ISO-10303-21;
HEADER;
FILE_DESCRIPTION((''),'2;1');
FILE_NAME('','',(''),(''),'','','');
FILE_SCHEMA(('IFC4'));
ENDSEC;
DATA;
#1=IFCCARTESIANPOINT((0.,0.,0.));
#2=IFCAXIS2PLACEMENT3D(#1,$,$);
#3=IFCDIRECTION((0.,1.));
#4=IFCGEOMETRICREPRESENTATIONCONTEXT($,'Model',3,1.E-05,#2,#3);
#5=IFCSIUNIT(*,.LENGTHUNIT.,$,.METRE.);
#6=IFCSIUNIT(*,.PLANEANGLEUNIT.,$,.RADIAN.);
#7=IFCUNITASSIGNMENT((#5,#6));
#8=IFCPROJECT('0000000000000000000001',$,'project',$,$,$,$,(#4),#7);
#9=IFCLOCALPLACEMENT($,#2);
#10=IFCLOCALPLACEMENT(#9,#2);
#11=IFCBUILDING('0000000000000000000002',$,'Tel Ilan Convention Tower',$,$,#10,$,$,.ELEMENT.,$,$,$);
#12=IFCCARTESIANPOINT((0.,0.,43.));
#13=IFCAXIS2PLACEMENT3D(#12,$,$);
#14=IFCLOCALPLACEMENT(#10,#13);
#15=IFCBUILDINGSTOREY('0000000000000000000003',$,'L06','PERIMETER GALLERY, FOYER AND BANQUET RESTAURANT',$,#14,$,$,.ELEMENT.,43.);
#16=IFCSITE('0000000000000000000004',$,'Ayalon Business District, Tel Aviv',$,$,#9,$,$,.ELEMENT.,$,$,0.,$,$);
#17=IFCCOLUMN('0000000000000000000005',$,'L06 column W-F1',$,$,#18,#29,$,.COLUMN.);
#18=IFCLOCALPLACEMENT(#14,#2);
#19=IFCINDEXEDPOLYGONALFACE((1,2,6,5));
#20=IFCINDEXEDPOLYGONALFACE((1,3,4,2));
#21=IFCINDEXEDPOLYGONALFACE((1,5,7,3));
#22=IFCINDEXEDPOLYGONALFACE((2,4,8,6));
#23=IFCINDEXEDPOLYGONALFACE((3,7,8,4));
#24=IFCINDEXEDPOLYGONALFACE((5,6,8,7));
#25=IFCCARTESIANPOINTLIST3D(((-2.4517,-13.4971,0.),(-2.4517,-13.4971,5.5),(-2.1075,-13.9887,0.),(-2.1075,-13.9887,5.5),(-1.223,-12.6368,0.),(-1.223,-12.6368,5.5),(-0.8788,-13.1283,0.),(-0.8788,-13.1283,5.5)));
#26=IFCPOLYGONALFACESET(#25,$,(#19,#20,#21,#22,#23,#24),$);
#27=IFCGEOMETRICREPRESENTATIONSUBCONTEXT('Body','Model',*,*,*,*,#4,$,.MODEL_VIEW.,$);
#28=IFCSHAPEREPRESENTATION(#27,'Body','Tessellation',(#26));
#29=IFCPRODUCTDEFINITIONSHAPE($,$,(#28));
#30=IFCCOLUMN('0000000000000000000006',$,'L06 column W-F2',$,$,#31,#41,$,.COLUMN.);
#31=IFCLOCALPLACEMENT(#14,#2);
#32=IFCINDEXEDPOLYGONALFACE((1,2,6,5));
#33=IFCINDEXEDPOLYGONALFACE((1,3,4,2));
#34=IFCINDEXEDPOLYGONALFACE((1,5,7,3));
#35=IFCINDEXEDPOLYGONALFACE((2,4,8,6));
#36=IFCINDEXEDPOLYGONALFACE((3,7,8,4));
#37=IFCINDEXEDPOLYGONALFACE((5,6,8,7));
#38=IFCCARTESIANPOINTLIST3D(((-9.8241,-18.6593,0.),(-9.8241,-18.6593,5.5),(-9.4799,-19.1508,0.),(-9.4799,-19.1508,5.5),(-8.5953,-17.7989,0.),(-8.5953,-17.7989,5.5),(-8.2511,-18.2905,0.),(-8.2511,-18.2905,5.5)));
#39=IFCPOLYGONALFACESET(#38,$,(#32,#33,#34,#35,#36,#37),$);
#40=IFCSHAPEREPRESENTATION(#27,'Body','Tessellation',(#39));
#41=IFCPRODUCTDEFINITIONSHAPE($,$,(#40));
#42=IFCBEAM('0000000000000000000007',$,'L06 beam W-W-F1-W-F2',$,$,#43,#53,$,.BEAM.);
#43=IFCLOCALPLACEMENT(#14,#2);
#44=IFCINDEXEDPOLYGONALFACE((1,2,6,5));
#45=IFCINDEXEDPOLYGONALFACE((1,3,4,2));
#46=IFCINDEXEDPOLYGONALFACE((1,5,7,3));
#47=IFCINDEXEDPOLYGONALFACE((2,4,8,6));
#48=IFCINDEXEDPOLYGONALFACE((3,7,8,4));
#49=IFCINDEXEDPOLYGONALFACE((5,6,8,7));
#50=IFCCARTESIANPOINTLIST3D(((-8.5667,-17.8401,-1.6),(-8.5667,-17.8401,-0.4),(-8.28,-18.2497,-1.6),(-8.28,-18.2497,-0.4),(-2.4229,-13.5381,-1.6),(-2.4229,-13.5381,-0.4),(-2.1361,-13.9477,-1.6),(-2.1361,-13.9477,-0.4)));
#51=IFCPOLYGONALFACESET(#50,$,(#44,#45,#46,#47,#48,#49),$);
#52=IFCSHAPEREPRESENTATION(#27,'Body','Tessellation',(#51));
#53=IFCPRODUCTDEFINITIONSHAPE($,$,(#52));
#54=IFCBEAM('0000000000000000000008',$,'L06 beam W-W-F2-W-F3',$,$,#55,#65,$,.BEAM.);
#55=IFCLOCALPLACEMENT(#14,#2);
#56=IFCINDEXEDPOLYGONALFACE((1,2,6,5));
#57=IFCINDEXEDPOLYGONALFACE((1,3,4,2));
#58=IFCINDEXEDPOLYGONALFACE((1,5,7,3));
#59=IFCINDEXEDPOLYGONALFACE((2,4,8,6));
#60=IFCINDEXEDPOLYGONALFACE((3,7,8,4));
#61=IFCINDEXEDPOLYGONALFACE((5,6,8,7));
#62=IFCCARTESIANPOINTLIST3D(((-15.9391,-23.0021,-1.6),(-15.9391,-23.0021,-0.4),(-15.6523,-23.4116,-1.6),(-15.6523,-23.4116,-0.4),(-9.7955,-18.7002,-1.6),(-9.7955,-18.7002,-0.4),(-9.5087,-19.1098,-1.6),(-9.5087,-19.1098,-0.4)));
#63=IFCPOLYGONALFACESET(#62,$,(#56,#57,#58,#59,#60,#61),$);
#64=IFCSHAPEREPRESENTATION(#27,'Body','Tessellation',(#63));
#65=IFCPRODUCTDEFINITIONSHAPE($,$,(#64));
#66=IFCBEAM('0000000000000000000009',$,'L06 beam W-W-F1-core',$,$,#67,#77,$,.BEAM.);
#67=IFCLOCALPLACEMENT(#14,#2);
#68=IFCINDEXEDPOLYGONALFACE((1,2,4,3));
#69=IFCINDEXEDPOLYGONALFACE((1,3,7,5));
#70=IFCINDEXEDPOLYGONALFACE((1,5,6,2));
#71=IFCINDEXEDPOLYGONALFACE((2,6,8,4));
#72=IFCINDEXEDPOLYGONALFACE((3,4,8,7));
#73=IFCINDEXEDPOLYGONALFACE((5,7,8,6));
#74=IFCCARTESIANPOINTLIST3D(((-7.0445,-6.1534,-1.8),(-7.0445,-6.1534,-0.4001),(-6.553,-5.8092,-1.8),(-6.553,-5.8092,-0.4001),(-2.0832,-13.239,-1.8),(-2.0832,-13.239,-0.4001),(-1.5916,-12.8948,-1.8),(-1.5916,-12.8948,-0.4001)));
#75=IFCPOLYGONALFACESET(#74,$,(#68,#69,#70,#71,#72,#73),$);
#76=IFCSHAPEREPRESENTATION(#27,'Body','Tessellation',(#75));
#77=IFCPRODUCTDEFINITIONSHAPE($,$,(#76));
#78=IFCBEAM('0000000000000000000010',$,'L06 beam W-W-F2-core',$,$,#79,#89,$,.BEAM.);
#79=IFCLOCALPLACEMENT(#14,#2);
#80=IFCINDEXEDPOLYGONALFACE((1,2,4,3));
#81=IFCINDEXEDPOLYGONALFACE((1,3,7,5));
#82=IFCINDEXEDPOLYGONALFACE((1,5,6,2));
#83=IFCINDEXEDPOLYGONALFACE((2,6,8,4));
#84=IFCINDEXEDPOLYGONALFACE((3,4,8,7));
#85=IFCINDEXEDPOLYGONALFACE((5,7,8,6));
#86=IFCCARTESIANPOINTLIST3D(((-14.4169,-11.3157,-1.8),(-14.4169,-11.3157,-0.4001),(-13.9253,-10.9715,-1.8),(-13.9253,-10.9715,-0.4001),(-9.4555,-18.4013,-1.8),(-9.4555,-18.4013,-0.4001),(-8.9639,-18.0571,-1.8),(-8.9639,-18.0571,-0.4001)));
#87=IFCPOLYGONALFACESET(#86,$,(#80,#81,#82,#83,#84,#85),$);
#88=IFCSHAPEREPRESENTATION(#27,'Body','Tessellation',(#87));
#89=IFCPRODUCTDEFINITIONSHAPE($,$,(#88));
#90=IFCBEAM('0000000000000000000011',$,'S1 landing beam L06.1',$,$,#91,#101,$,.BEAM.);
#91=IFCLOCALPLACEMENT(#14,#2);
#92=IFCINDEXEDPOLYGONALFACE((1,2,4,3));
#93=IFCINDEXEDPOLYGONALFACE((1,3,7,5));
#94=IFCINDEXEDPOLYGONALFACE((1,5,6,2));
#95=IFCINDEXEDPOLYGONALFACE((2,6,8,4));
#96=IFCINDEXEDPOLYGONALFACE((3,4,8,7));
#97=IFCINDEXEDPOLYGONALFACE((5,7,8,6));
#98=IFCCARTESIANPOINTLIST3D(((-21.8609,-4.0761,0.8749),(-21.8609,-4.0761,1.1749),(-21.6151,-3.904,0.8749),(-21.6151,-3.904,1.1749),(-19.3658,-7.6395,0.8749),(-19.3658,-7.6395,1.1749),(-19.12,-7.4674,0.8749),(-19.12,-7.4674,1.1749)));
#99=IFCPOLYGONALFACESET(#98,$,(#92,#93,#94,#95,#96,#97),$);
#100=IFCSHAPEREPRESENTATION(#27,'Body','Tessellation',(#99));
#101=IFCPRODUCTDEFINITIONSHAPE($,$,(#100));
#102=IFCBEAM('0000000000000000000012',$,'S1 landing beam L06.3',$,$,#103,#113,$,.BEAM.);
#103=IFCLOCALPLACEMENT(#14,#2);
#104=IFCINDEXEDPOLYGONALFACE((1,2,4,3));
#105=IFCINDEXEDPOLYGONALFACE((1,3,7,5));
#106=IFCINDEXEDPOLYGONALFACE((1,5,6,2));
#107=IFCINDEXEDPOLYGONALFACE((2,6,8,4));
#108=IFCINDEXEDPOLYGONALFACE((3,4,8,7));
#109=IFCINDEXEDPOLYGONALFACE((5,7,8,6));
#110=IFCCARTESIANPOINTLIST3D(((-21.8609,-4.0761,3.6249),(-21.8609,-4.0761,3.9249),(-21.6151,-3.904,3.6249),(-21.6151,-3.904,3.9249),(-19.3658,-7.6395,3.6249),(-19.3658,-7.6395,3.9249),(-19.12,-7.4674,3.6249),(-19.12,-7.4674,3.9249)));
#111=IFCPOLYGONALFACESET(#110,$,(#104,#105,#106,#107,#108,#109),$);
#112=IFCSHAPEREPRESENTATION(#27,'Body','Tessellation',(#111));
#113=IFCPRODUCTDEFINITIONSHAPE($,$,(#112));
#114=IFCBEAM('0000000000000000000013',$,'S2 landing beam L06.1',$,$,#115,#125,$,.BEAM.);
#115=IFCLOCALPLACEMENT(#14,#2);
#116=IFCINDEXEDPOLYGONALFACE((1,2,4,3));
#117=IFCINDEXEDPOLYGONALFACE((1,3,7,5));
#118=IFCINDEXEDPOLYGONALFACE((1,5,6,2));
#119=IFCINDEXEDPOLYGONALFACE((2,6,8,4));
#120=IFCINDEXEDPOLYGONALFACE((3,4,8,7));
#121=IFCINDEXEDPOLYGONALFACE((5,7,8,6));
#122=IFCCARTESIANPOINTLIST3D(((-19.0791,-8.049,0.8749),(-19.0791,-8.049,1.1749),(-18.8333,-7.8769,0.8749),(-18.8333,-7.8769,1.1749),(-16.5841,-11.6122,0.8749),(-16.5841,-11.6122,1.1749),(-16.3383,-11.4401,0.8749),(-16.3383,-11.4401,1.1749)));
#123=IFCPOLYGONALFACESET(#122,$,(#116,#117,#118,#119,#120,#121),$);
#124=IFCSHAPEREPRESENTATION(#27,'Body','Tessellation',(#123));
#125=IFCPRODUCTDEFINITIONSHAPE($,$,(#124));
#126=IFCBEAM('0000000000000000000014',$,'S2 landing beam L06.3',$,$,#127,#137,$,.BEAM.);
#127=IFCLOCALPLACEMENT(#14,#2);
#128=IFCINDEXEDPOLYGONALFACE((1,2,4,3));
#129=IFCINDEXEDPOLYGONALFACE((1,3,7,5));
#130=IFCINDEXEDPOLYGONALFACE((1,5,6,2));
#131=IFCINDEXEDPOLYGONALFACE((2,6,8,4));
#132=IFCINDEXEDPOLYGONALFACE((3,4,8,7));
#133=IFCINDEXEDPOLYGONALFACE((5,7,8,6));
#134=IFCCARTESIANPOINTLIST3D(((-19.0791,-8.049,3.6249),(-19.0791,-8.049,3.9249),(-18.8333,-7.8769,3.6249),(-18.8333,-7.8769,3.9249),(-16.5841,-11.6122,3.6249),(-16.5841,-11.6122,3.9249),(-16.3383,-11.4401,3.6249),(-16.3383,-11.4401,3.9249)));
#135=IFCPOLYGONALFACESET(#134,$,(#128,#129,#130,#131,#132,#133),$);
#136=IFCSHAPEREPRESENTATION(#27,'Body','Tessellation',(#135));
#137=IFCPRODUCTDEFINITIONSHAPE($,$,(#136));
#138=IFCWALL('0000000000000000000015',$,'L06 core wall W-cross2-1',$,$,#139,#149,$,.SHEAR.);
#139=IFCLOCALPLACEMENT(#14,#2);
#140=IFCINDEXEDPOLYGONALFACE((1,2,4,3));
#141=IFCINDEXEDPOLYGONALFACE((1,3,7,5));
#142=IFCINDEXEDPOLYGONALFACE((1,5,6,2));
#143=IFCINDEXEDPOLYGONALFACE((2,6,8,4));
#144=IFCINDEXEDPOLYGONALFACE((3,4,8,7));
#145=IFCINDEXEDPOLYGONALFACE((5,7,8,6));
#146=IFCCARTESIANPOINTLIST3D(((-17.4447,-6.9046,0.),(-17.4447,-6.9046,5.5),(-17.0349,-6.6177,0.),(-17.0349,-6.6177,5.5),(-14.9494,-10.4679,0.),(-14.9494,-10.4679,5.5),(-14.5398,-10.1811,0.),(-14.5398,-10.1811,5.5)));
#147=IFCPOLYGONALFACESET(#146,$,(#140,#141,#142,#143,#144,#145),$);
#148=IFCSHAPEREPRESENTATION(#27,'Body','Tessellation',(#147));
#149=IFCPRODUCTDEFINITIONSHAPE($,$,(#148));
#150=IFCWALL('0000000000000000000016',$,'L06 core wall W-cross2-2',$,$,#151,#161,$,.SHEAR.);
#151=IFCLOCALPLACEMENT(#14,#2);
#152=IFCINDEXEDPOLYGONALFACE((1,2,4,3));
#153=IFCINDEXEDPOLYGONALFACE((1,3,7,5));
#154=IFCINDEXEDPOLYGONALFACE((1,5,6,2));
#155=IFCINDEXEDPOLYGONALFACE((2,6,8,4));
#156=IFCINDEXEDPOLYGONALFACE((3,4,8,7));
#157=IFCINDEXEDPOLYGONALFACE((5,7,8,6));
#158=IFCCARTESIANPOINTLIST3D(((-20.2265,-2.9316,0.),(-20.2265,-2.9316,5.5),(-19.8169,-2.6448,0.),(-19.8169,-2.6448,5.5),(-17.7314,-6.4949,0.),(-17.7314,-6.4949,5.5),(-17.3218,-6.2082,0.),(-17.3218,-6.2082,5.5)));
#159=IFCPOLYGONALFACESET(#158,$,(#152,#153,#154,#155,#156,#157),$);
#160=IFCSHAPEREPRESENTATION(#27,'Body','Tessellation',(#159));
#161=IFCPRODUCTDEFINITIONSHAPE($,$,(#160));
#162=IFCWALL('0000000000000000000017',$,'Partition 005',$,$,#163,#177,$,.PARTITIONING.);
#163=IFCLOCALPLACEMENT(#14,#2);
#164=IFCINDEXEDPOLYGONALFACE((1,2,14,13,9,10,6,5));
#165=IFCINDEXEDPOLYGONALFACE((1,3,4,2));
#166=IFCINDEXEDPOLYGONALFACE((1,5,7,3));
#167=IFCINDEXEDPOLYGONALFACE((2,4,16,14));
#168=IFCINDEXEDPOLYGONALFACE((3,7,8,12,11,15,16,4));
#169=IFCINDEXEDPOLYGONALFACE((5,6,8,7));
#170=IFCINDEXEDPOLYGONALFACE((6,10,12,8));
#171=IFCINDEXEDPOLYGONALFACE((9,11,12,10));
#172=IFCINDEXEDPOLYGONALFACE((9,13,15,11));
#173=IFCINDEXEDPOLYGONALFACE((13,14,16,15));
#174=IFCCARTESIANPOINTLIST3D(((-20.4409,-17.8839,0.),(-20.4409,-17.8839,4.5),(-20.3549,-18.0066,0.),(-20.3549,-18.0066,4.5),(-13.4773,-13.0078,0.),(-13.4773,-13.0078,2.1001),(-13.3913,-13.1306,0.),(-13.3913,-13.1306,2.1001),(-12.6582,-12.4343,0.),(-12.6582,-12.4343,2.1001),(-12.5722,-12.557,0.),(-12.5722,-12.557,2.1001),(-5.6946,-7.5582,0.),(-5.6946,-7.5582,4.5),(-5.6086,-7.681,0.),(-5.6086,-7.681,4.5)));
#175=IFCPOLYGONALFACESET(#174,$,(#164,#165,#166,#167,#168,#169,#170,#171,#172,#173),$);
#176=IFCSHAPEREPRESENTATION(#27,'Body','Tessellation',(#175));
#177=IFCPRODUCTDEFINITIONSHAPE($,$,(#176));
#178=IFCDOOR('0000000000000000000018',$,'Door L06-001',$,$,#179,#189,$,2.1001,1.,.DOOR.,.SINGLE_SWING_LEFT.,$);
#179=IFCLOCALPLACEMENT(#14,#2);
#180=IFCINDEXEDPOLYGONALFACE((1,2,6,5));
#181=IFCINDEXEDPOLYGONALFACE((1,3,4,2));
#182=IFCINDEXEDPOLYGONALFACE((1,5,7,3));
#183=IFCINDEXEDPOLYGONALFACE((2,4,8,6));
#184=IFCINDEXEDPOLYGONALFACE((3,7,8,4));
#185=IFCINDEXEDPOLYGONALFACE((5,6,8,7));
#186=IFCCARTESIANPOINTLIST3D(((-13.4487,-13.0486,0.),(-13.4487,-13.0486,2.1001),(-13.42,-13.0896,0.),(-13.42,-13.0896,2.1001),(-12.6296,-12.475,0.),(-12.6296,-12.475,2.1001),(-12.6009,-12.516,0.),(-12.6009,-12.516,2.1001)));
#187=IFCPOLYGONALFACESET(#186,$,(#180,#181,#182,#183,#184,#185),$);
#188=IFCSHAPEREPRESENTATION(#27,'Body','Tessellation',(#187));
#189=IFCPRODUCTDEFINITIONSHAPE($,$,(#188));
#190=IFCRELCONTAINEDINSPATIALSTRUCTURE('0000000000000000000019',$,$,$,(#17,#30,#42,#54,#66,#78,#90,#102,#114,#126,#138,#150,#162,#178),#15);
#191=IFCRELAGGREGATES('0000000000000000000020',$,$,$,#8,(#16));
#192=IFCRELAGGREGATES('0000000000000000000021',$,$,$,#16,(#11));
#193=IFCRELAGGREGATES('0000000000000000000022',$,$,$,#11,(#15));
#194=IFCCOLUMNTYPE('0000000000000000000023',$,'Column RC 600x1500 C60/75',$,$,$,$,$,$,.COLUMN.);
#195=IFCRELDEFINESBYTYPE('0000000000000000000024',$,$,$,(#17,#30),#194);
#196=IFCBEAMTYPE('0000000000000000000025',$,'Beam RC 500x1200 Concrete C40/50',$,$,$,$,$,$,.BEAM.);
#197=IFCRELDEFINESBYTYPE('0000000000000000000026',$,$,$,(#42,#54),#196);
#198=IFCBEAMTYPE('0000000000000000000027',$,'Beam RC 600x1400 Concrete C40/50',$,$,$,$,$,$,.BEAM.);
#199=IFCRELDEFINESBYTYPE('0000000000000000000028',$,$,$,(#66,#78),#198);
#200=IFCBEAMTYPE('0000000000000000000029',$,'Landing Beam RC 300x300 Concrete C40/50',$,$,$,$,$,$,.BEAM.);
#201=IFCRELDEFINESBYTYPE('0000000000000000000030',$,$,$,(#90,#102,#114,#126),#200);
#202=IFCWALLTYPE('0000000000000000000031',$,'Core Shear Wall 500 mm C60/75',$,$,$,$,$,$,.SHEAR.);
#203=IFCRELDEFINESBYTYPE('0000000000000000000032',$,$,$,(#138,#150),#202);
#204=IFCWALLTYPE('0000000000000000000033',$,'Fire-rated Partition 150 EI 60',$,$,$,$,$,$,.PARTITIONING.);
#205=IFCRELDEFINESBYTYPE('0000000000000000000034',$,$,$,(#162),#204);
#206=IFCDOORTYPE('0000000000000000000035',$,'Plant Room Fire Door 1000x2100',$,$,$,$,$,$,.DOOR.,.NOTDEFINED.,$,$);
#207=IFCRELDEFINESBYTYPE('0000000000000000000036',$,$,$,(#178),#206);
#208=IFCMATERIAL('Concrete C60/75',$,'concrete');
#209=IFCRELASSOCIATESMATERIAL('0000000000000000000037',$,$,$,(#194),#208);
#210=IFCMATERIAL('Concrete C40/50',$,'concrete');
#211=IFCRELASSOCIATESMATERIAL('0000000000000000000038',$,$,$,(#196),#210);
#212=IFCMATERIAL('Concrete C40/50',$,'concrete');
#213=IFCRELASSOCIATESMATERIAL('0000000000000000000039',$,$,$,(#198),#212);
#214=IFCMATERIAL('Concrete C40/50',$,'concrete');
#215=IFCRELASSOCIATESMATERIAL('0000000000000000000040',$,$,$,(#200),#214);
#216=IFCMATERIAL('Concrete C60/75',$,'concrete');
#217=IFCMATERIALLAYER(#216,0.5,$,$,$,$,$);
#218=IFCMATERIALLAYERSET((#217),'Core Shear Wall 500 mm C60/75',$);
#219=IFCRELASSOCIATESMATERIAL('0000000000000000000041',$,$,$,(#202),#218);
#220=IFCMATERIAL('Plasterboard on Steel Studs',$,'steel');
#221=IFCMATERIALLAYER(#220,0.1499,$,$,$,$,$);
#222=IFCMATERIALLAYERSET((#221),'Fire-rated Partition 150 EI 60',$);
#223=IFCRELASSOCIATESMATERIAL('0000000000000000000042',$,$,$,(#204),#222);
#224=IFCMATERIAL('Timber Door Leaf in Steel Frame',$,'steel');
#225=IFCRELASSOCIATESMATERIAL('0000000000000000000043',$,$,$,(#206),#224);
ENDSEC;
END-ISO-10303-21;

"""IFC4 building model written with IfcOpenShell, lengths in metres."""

from ifc_helpers import new_model, si_unit, direction, frame, frame_2d, origin, origin_2d, place, context, subcontext, project, spatial, polyline, rectangle, outline, extrude, material, layer, layer_set, material_profile, profile_set, type_object, element, fill, save


model = new_model("IFC4")

# Units and contexts
model_context = context("Model", 3, precision=1e-05, world=origin(), true_north=direction((0.0, 1.0)))
body_context = subcontext(model_context, "Body", "Model", "MODEL_VIEW")
ifc_project = project(units=[si_unit("LENGTHUNIT", "METRE"), si_unit("PLANEANGLEUNIT", "RADIAN")], contexts=[model_context])

# Site, building, storey
site_placement = place(None, origin())
site = spatial("IfcSite", under=ifc_project, at=site_placement, Name="Ayalon Business District, Tel Aviv", CompositionType="ELEMENT", RefElevation=0.0)
building_placement = place(site_placement, origin())
building = spatial("IfcBuilding", under=site, at=building_placement, Name="Tel Ilan Convention Tower", CompositionType="ELEMENT")
storey_placement = place(building_placement, frame((0.0, 0.0, 43.0)))
storey = spatial("IfcBuildingStorey", under=building, at=storey_placement, Name="L06", Description="PERIMETER GALLERY, FOYER AND BANQUET RESTAURANT", CompositionType="ELEMENT", Elevation=43.0)

# Columns
ifc_material_1 = material(Name="Concrete C60/75", Category="concrete")
ifc_material_profile_1 = material_profile(ifc_material_1, rectangle(XDim=1.5, YDim=0.6001, at=origin_2d()), Name="RC 600x1500")
ifc_profile_set_1 = profile_set([ifc_material_profile_1], Name="Concrete C60/75")
column_type = type_object("IfcColumnType", Name="Column RC 600x1500 C60/75", PredefinedType="COLUMN", material=ifc_profile_set_1)
for number, where, z_axis, x_axis, name in (
    (1, (-1.6653, -13.3127, 0.0), (0.0, 0.0, 1.0), (-0.819152, -0.573576, 0.0), "L06 column W-F1"),
    (2, (-9.0376, -18.4749, 0.0), (0.0, 0.0, 1.0), (-0.819152, -0.573576, 0.0), "L06 column W-F2"),
):
    element("IfcColumn", number, at=place(storey_placement, frame(where, z_axis=z_axis, x_axis=x_axis)), inside=storey, type_object=column_type, Name=name, PredefinedType="COLUMN", context=body_context, shape_type="SweptSolid", body=[
        extrude(rectangle(XDim=1.5, YDim=0.6001, at=origin_2d()), origin(), (0.0, 0.0, 1.0), 5.5),
    ])

# Beams
ifc_material_2 = material(Name="Concrete C40/50", Category="concrete")
ifc_material_profile_2 = material_profile(ifc_material_2, rectangle(XDim=0.5, YDim=1.2, at=origin_2d()), Name="RC 500x1200")
ifc_profile_set_2 = profile_set([ifc_material_profile_2], Name="Concrete C40/50")
beam_type_1 = type_object("IfcBeamType", Name="Beam RC 500x1200 Concrete C40/50", PredefinedType="BEAM", material=ifc_profile_set_2)
beam_1_placement = place(storey_placement, frame((-2.2795, -13.7429, -1.0), z_axis=(-0.819148, -0.573582, 0.0), x_axis=(0.573582, -0.819148, 0.0)))
element("IfcBeam", 3, at=beam_1_placement, inside=storey, type_object=beam_type_1, Name="L06 beam W-W-F1-W-F2", PredefinedType="BEAM", context=body_context, shape_type="SweptSolid", body=[
    extrude(rectangle(XDim=0.5, YDim=1.2, at=origin_2d()), origin(), (0.0, 0.0, 1.0), 7.5002),
])
beam_2_placement = place(storey_placement, frame((-9.6521, -18.905, -1.0), z_axis=(-0.819152, -0.573576, 0.0), x_axis=(0.573576, -0.819152, 0.0)))
element("IfcBeam", 4, at=beam_2_placement, inside=storey, type_object=beam_type_1, Name="L06 beam W-W-F2-W-F3", PredefinedType="BEAM", context=body_context, shape_type="SweptSolid", body=[
    extrude(rectangle(XDim=0.5, YDim=1.2, at=origin_2d()), origin(), (0.0, 0.0, 1.0), 7.5),
])
ifc_material_3 = material(Name="Concrete C40/50", Category="concrete")
ifc_material_profile_3 = material_profile(ifc_material_3, rectangle(XDim=0.6001, YDim=1.3999, at=origin_2d()), Name="RC 600x1400")
ifc_profile_set_3 = profile_set([ifc_material_profile_3], Name="Concrete C40/50")
beam_type_2 = type_object("IfcBeamType", Name="Beam RC 600x1400 Concrete C40/50", PredefinedType="BEAM", material=ifc_profile_set_3)
for number, where, z_axis, x_axis, name in (
    (5, (-1.8374, -13.0669, -1.1001), (-0.573574, 0.819154, 0.0), (-0.819154, -0.573574, 0.0), "L06 beam W-W-F1-core"),
    (6, (-9.2097, -18.2292, -1.1001), (-0.573574, 0.819154, 0.0), (-0.819154, -0.573574, 0.0), "L06 beam W-W-F2-core"),
):
    element("IfcBeam", number, at=place(storey_placement, frame(where, z_axis=z_axis, x_axis=x_axis)), inside=storey, type_object=beam_type_2, Name=name, PredefinedType="BEAM", context=body_context, shape_type="SweptSolid", body=[
        extrude(rectangle(XDim=0.6001, YDim=1.3999, at=origin_2d()), origin(), (0.0, 0.0, 1.0), 8.6499),
    ])
ifc_material_4 = material(Name="Concrete C40/50", Category="concrete")
ifc_material_profile_4 = material_profile(ifc_material_4, rectangle(XDim=0.3, YDim=0.3, at=origin_2d()), Name="RC 300x300")
ifc_profile_set_4 = profile_set([ifc_material_profile_4], Name="Concrete C40/50")
beam_type_3 = type_object("IfcBeamType", Name="Landing Beam RC 300x300 Concrete C40/50", PredefinedType="BEAM", material=ifc_profile_set_4)
for number, where, z_axis, x_axis, name in (
    (7, (-19.2429, -7.5535, 1.0249), (-0.573568, 0.819158, 0.0), (-0.819158, -0.573568, 0.0), "S1 landing beam L06.1"),
    (8, (-19.2429, -7.5535, 3.7749), (-0.573568, 0.819158, 0.0), (-0.819158, -0.573568, 0.0), "S1 landing beam L06.3"),
):
    element("IfcBeam", number, at=place(storey_placement, frame(where, z_axis=z_axis, x_axis=x_axis)), inside=storey, type_object=beam_type_3, Name=name, PredefinedType="BEAM", context=body_context, shape_type="SweptSolid", body=[
        extrude(rectangle(XDim=0.3, YDim=0.3, at=origin_2d()), origin(), (0.0, 0.0, 1.0), 4.3501),
    ])
for number, where, z_axis, x_axis, name in (
    (9, (-16.4612, -11.5261, 1.0249), (-0.573594, 0.81914, 0.0), (-0.81914, -0.573594, 0.0), "S2 landing beam L06.1"),
    (10, (-16.4612, -11.5261, 3.7749), (-0.573594, 0.81914, 0.0), (-0.81914, -0.573594, 0.0), "S2 landing beam L06.3"),
):
    element("IfcBeam", number, at=place(storey_placement, frame(where, z_axis=z_axis, x_axis=x_axis)), inside=storey, type_object=beam_type_3, Name=name, PredefinedType="BEAM", context=body_context, shape_type="SweptSolid", body=[
        extrude(rectangle(XDim=0.3, YDim=0.3, at=origin_2d()), origin(), (0.0, 0.0, 1.0), 4.3499),
    ])

# Walls
ifc_material_5 = material(Name="Concrete C60/75", Category="concrete")
ifc_layer_1 = layer(ifc_material_5, 0.5)
ifc_layer_set_1 = layer_set([ifc_layer_1], Name="Core Shear Wall 500 mm C60/75")
wall_type_1 = type_object("IfcWallType", Name="Core Shear Wall 500 mm C60/75", PredefinedType="SHEAR", material=ifc_layer_set_1)
wall_1_placement = place(storey_placement, frame((-14.7446, -10.3245, 0.0), z_axis=(0.0, 0.0, 1.0), x_axis=(-0.573568, 0.819158, 0.0)))
element("IfcWall", 11, at=wall_1_placement, inside=storey, type_object=wall_type_1, Name="L06 core wall W-cross2-1", PredefinedType="SHEAR", context=body_context, shape_type="SweptSolid", body=[
    extrude(outline(polyline([(4.3501, 0.2502), (0.0, 0.25), (0.0, -0.25), (4.3501, -0.25), (4.3501, 0.2502)])), origin(), (0.0, 0.0, 1.0), 5.5),
])
wall_2_placement = place(storey_placement, frame((-17.5266, -6.3516, 0.0), z_axis=(0.0, 0.0, 1.0), x_axis=(-0.57353, 0.819184, 0.0)))
element("IfcWall", 12, at=wall_2_placement, inside=storey, type_object=wall_type_1, Name="L06 core wall W-cross2-2", PredefinedType="SHEAR", context=body_context, shape_type="SweptSolid", body=[
    extrude(outline(polyline([(4.3501, -0.2498), (4.3501, 0.2502), (0.0, 0.25), (0.0, -0.25), (4.3501, -0.2498)])), origin(), (0.0, 0.0, 1.0), 5.5),
])

# Wall, opening, door
ifc_material_6 = material(Name="Plasterboard on Steel Studs", Category="steel")
ifc_layer_2 = layer(ifc_material_6, 0.1499)
ifc_layer_set_2 = layer_set([ifc_layer_2], Name="Fire-rated Partition 150 EI 60")
wall_type_2 = type_object("IfcWallType", Name="Fire-rated Partition 150 EI 60", PredefinedType="PARTITIONING", material=ifc_layer_set_2)
wall_3_placement = place(storey_placement, frame((-5.6516, -7.6196, 0.0), z_axis=(0.0, 0.0, 1.0), x_axis=(-0.819147, -0.573583, 0.0)))
wall_3 = element("IfcWall", 13, at=wall_3_placement, inside=storey, type_object=wall_type_2, Name="Partition 005", PredefinedType="PARTITIONING", context=body_context, shape_type="SweptSolid", body=[
    extrude(rectangle(XDim=18.002, YDim=0.1499, at=frame_2d((9.001, 0.0))), origin(), (0.0, 0.0, 1.0), 4.5),
])
opening_placement = place(wall_3_placement, frame((8.501, 0.0, 0.0)))
opening = element("IfcOpeningElement", 14, at=opening_placement, cuts=wall_3, PredefinedType="OPENING", context=body_context, shape_type="SweptSolid", body=[
    extrude(rectangle(XDim=1.0, YDim=2.1001, at=frame_2d((0.5, 1.05))), frame((0.0, 0.085, 0.0), z_axis=(0.0, -1.0, 0.0), x_axis=(1.0, 0.0, 0.0)), (0.0, 0.0, 1.0), 0.1699),
])
ifc_material_7 = material(Name="Timber Door Leaf in Steel Frame", Category="steel")
door_type = type_object("IfcDoorType", Name="Plant Room Fire Door 1000x2100", OperationType="NOTDEFINED", PredefinedType="DOOR", material=ifc_material_7)
door_placement = place(opening_placement, origin())
door = element("IfcDoor", 15, at=door_placement, inside=storey, type_object=door_type, Name="Door L06-001", OperationType="SINGLE_SWING_LEFT", OverallHeight=2.1001, OverallWidth=1.0, PredefinedType="DOOR", context=body_context, shape_type="SweptSolid", body=[
    extrude(rectangle(XDim=1.0, YDim=2.1001, at=frame_2d((0.5, 1.05))), frame((0.0, 0.0249, 0.0), z_axis=(0.0, -1.0, 0.0), x_axis=(1.0, 0.0, 0.0)), (0.0, 0.0, 1.0), 0.05),
])
fill(opening, door)

save(model, "model.ifc")
